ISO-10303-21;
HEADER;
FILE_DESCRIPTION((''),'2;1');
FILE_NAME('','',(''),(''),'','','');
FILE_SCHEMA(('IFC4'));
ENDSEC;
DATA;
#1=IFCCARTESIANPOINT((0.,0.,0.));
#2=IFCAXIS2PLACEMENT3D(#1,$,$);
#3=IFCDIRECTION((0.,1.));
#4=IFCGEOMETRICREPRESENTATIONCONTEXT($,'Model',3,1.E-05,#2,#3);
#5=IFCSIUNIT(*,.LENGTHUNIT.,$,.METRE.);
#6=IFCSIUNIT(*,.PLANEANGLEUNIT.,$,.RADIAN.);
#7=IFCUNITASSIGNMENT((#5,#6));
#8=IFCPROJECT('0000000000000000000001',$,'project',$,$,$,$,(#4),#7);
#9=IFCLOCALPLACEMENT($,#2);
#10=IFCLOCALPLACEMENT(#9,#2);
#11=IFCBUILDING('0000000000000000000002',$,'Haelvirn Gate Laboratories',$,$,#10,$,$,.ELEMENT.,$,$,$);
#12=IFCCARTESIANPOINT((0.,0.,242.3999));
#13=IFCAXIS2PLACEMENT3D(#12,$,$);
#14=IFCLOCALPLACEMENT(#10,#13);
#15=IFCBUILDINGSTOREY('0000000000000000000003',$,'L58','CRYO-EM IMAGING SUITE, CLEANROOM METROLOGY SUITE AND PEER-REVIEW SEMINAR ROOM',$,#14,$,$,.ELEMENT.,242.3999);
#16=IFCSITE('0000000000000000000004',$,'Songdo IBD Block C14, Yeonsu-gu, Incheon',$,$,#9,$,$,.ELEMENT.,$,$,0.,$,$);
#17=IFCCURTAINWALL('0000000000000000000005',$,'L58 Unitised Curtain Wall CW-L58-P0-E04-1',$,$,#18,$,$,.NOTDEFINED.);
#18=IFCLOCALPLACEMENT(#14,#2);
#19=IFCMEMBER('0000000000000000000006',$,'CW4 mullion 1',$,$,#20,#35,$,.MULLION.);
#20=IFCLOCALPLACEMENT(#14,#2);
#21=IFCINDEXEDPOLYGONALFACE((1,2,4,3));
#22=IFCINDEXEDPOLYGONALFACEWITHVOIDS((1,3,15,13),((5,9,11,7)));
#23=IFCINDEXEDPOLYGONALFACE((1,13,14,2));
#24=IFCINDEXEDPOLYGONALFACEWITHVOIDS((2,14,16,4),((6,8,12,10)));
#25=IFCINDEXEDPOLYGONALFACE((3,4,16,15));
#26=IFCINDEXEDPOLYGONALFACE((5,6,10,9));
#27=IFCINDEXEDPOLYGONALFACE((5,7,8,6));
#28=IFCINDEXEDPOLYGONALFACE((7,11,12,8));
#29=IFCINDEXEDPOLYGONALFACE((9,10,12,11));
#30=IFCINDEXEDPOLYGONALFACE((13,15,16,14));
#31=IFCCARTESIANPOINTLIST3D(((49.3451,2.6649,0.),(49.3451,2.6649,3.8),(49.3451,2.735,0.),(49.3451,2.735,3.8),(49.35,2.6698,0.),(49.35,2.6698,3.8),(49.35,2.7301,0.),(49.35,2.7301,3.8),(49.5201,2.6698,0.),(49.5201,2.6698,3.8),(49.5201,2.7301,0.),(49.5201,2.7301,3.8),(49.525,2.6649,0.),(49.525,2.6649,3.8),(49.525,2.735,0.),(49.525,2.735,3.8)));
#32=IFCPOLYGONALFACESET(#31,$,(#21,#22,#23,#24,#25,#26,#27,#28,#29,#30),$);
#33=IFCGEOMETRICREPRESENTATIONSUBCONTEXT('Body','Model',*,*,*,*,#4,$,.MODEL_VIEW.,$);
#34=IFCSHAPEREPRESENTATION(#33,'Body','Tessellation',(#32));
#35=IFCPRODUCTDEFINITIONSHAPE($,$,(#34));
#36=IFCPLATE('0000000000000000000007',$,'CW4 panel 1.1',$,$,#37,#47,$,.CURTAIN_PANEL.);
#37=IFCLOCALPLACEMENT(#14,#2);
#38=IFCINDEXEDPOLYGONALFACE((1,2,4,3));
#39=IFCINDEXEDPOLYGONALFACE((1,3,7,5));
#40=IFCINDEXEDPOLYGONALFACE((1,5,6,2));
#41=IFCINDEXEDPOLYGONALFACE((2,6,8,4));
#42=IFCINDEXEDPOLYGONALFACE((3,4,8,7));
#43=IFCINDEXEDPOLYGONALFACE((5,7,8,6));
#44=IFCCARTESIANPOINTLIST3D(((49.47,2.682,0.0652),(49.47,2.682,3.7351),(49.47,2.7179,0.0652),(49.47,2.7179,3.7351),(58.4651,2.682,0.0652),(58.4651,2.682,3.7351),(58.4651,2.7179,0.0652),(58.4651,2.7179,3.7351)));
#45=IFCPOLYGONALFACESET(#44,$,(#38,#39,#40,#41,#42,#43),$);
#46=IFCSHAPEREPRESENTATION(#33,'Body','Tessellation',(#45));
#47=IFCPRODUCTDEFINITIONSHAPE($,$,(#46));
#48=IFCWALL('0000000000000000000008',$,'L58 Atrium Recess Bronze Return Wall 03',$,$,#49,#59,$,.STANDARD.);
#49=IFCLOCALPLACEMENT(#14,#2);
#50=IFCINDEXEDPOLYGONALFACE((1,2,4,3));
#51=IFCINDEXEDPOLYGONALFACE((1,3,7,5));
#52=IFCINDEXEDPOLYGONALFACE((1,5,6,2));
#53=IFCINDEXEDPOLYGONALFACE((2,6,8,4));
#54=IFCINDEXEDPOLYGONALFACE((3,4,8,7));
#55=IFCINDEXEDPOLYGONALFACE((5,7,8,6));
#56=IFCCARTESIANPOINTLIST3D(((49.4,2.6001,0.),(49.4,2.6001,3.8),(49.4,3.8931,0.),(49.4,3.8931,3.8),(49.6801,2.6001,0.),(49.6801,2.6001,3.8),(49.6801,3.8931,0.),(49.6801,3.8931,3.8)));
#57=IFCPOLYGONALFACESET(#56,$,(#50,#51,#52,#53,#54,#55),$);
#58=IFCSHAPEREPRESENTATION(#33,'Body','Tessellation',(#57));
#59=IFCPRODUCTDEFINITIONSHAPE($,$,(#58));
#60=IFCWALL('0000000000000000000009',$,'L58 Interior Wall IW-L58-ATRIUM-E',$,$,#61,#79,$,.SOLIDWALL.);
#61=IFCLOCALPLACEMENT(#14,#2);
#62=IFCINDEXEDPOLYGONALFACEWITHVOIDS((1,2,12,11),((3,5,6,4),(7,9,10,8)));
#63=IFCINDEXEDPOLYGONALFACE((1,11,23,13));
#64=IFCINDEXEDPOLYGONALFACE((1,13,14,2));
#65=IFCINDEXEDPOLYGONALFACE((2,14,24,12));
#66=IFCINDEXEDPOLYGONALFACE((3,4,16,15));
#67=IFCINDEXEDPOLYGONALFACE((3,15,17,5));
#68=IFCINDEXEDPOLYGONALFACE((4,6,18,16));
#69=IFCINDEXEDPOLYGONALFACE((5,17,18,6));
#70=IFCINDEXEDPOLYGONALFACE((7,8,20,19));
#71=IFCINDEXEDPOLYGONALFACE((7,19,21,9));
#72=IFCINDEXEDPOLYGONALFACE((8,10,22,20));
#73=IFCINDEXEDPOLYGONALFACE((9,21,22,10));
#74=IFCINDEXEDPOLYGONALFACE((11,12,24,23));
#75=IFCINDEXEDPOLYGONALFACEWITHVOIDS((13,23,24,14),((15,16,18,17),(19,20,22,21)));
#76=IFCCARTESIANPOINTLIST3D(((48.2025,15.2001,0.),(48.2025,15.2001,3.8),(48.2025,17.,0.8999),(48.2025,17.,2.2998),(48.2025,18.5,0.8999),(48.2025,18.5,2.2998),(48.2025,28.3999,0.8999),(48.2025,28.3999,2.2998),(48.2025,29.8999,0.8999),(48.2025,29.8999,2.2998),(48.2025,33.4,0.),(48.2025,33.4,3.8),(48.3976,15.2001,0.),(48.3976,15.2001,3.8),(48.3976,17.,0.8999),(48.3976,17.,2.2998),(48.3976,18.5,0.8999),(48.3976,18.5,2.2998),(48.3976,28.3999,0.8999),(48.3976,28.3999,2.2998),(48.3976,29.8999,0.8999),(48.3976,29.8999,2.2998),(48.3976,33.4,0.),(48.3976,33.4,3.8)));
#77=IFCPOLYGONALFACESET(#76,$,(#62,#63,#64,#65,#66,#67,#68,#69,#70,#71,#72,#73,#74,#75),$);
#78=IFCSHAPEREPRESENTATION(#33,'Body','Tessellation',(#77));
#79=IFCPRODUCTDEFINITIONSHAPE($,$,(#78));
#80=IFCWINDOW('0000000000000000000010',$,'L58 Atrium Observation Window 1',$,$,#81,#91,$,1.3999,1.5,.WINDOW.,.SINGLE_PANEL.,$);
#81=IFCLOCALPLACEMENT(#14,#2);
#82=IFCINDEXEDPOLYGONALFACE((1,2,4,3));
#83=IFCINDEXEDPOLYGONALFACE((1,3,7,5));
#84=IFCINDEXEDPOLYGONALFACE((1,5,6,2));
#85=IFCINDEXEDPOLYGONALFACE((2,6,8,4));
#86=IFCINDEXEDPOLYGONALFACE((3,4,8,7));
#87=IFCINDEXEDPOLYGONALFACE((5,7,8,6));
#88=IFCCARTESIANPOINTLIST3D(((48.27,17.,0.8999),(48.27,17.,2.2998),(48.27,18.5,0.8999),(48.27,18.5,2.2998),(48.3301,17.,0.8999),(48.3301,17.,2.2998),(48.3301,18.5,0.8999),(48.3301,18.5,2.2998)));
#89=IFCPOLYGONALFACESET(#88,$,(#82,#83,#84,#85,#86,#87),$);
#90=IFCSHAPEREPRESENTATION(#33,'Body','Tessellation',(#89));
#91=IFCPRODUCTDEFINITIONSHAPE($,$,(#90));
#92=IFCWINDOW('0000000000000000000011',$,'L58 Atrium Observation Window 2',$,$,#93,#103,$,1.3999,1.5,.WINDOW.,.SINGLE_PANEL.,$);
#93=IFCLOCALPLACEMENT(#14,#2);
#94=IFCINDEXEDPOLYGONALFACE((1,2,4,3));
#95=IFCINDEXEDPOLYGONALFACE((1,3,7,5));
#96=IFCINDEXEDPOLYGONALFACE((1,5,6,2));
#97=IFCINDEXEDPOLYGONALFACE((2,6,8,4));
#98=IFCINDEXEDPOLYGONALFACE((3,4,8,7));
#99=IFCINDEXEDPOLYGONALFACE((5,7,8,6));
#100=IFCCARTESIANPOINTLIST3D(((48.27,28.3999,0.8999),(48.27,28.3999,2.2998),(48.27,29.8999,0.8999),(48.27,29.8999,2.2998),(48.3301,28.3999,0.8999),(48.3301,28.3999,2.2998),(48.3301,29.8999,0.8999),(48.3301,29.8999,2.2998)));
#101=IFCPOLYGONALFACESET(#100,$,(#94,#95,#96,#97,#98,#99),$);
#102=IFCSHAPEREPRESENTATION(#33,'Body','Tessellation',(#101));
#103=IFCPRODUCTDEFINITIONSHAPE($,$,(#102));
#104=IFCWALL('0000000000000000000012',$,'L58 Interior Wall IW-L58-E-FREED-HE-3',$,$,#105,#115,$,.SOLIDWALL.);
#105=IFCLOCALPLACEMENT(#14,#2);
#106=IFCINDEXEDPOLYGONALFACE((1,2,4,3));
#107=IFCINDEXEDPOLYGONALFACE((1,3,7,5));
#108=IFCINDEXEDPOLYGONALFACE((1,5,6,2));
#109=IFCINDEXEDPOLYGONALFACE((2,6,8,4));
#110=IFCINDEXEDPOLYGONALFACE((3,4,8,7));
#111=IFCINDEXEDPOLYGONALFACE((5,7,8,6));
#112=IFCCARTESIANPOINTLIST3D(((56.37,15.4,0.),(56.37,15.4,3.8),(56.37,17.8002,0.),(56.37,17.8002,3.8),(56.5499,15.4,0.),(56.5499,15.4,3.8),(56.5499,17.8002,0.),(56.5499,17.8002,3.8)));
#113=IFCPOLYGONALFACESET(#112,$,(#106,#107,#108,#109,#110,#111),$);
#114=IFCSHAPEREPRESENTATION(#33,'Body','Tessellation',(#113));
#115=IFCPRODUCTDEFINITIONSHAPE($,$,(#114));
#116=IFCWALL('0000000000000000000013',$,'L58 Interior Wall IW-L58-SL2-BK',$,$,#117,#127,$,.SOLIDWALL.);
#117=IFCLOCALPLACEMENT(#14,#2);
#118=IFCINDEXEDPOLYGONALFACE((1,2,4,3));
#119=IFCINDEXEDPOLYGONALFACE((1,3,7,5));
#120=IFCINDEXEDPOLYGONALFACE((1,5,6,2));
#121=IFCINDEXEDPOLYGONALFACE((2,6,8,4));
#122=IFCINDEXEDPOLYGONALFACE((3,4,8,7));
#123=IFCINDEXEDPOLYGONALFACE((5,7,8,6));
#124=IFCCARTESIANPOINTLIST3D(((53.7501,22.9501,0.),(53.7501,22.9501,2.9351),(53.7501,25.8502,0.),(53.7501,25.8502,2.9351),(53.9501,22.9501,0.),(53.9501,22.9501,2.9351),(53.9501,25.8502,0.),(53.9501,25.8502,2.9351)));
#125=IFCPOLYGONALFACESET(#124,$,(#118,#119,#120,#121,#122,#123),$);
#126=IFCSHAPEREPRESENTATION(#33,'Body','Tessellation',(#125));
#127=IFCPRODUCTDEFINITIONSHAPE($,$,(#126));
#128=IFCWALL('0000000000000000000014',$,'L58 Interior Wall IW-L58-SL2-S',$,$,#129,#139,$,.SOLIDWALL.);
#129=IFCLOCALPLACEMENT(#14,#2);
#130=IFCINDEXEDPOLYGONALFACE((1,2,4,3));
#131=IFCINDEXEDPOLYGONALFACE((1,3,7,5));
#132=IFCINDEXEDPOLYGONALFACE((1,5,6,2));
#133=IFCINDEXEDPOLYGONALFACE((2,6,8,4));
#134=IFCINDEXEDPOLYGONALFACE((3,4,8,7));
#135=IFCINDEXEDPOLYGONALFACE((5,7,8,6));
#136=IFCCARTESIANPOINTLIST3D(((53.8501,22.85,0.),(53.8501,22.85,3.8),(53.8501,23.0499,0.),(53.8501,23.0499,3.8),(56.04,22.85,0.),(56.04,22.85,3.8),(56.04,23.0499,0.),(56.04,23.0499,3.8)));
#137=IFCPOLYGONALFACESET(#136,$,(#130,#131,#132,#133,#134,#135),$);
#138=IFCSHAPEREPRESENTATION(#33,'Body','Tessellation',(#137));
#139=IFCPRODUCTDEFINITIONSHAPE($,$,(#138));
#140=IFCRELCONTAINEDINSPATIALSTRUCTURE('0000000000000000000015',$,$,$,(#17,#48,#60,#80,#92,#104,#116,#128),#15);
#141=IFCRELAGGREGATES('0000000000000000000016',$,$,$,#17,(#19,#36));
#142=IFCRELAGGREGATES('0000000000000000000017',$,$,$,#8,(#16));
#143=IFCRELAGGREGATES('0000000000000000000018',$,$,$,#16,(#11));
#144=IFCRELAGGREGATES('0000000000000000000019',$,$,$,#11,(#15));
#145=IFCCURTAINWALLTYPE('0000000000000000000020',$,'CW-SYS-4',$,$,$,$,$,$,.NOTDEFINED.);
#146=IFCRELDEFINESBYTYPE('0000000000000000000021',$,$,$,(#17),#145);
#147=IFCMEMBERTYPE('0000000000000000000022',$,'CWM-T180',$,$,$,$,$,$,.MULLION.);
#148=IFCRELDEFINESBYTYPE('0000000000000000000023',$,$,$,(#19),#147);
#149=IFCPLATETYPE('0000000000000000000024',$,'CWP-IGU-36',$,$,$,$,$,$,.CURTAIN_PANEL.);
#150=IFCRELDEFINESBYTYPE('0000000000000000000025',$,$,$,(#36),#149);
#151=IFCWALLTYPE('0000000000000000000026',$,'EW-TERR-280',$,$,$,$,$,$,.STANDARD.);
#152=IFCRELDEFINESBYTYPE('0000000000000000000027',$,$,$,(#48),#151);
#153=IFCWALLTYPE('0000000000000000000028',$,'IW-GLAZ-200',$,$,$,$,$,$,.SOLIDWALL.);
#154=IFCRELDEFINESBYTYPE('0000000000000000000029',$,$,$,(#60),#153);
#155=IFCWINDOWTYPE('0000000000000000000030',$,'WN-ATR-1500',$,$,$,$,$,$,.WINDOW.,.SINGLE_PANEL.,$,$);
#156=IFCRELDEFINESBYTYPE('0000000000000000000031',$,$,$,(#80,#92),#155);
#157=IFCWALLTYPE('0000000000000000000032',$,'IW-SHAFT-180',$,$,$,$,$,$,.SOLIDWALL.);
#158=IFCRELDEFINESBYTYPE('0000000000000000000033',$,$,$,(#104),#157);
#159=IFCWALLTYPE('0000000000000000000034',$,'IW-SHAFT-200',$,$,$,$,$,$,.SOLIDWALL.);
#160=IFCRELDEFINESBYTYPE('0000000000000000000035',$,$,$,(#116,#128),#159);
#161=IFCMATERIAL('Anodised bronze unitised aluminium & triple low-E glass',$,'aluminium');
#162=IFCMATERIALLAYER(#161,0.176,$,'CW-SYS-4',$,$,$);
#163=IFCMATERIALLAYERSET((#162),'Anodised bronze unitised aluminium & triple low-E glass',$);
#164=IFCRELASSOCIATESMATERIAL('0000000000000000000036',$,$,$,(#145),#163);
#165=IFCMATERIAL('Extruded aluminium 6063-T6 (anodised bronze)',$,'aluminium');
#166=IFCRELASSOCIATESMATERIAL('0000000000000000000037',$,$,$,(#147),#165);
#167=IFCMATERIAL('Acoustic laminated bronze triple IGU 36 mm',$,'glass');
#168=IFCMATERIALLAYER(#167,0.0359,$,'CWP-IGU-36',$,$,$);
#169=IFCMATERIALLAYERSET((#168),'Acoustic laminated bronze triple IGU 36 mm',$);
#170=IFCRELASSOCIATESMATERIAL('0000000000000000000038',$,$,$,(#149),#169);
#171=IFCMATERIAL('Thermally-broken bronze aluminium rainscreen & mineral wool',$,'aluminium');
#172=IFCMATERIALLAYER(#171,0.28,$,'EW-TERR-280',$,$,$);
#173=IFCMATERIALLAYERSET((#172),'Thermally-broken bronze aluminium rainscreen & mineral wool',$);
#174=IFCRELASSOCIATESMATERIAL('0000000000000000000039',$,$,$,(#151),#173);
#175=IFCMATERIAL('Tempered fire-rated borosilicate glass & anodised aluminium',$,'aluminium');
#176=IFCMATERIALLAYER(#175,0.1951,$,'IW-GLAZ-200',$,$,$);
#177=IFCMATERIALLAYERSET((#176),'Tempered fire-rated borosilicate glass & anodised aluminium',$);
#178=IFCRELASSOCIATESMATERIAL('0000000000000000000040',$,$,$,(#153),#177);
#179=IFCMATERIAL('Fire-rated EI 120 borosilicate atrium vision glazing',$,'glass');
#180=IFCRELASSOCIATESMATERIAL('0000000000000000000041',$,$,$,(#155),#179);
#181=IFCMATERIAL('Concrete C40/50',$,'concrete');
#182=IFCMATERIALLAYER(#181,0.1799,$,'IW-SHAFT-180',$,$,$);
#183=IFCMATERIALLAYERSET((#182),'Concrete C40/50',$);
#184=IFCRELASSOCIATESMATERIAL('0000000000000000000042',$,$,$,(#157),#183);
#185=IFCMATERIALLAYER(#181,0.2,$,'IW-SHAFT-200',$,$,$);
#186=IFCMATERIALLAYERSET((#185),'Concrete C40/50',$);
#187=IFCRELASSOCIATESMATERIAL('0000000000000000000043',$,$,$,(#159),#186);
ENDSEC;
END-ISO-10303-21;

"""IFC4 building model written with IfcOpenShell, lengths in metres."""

from ifc_helpers import new_model, si_unit, direction, frame, frame_2d, origin, origin_2d, place, context, subcontext, project, spatial, rectangle, hollow_rectangle, extrude, source, transform, mapped, material, layer, layer_set, material_profile, profile_set, type_object, type_shapes, element, fill, aggregate, save


model = new_model("IFC4")

# Units and contexts
model_context = context("Model", 3, precision=1e-05, world=origin(), true_north=direction((0.0, 1.0)))
body_context = subcontext(model_context, "Body", "Model", "MODEL_VIEW")
ifc_project = project(units=[si_unit("LENGTHUNIT", "METRE"), si_unit("PLANEANGLEUNIT", "RADIAN")], contexts=[model_context])

# Site, building, storey
site_placement = place(None, origin())
site = spatial("IfcSite", under=ifc_project, at=site_placement, Name="Songdo IBD Block C14, Yeonsu-gu, Incheon", CompositionType="ELEMENT", RefElevation=0.0)
building_placement = place(site_placement, origin())
building = spatial("IfcBuilding", under=site, at=building_placement, Name="Haelvirn Gate Laboratories", CompositionType="ELEMENT")
storey_placement = place(building_placement, frame((0.0, 0.0, 242.3999)))
storey = spatial("IfcBuildingStorey", under=building, at=storey_placement, Name="L58", Description="CRYO-EM IMAGING SUITE, CLEANROOM METROLOGY SUITE AND PEER-REVIEW SEMINAR ROOM", CompositionType="ELEMENT", Elevation=242.3999)

# Curtain wall
ifc_material_1 = material(Name="Anodised bronze unitised aluminium & triple low-E glass", Category="aluminium")
ifc_layer_1 = layer(ifc_material_1, 0.176, Name="CW-SYS-4")
ifc_layer_set_1 = layer_set([ifc_layer_1], Name="Anodised bronze unitised aluminium & triple low-E glass")
curtain_wall_type = type_object("IfcCurtainWallType", Name="CW-SYS-4", PredefinedType="NOTDEFINED", material=ifc_layer_set_1)
curtain_wall_1_placement = place(storey_placement, origin())
curtain_wall_1 = element("IfcCurtainWall", 1, at=curtain_wall_1_placement, inside=storey, type_object=curtain_wall_type, Name="L58 Unitised Curtain Wall CW-L58-P0-E04-1", PredefinedType="NOTDEFINED")
ifc_material_2 = material(Name="Extruded aluminium 6063-T6 (anodised bronze)", Category="aluminium")

# Shared definitions
ifc_material_profile_1 = material_profile(ifc_material_2, hollow_rectangle(XDim=0.0701, YDim=0.1799, WallThickness=0.0049, at=origin_2d()), Name="CWM-180x70x5")
ifc_profile_set_1 = profile_set([ifc_material_profile_1], Name="Extruded aluminium 6063-T6 (anodised bronze)")
member_type_1 = type_object("IfcMemberType", Name="CWM-T180", PredefinedType="MULLION", material=ifc_profile_set_1)
shared_shape_1 = source(origin(), body_context, "Body", "SweptSolid", [
    extrude(hollow_rectangle(XDim=0.0701, YDim=0.1799, WallThickness=0.0049, at=origin_2d()), origin(), (0.0, 0.0, 1.0), 3.8),
])
type_shapes(member_type_1, [shared_shape_1])

# Member
member_1_placement = place(storey_placement, frame((49.4351, 2.7, 0.0), z_axis=(0.0, 0.0, 1.0), x_axis=(0.0, 1.0, 0.0)))
member_1 = element("IfcMember", 2, at=member_1_placement, type_object=member_type_1, Name="CW4 mullion 1", PredefinedType="MULLION", context=body_context, shape_type="MappedRepresentation", body=[
    mapped(shared_shape_1, transform((0.0, 0.0, 0.0), scale=1.0)),
])

# Plate
ifc_material_3 = material(Name="Acoustic laminated bronze triple IGU 36 mm", Category="glass")
ifc_layer_2 = layer(ifc_material_3, 0.0359, Name="CWP-IGU-36")
ifc_layer_set_2 = layer_set([ifc_layer_2], Name="Acoustic laminated bronze triple IGU 36 mm")
plate_type = type_object("IfcPlateType", Name="CWP-IGU-36", PredefinedType="CURTAIN_PANEL", material=ifc_layer_set_2)
shared_shape_2 = source(origin(), body_context, "Body", "SweptSolid", [
    extrude(rectangle(XDim=8.9951, YDim=0.0359, at=origin_2d()), origin(), (0.0, 0.0, 1.0), 3.6699),
])
type_shapes(plate_type, [shared_shape_2])
plate_placement = place(storey_placement, frame((53.9675, 2.7, 0.0652), z_axis=(0.0, 0.0, 1.0), x_axis=(1.0, 0.0, 0.0)))
plate = element("IfcPlate", 3, at=plate_placement, type_object=plate_type, Name="CW4 panel 1.1", PredefinedType="CURTAIN_PANEL", context=body_context, shape_type="MappedRepresentation", body=[
    mapped(shared_shape_2, transform((0.0, 0.0, 0.0), scale=1.0)),
])
aggregate(curtain_wall_1, [member_1, plate])

# Wall
ifc_material_4 = material(Name="Thermally-broken bronze aluminium rainscreen & mineral wool", Category="aluminium")
ifc_layer_3 = layer(ifc_material_4, 0.28, Name="EW-TERR-280")
ifc_layer_set_3 = layer_set([ifc_layer_3], Name="Thermally-broken bronze aluminium rainscreen & mineral wool")
wall_type_1 = type_object("IfcWallType", Name="EW-TERR-280", PredefinedType="STANDARD", material=ifc_layer_set_3)
wall_1_placement = place(storey_placement, frame((49.54, 3.8931, 0.0), z_axis=(0.0, 0.0, 1.0), x_axis=(0.0, -1.0, 0.0)))
element("IfcWall", 4, at=wall_1_placement, inside=storey, type_object=wall_type_1, Name="L58 Atrium Recess Bronze Return Wall 03", PredefinedType="STANDARD", context=body_context, shape_type="SweptSolid", body=[
    extrude(rectangle(XDim=1.293, YDim=0.28, at=frame_2d((0.6465, 0.0))), origin(), (0.0, 0.0, 1.0), 3.8),
])

# Wall, openings, windows
ifc_material_5 = material(Name="Tempered fire-rated borosilicate glass & anodised aluminium", Category="aluminium")
ifc_layer_4 = layer(ifc_material_5, 0.1951, Name="IW-GLAZ-200")
ifc_layer_set_4 = layer_set([ifc_layer_4], Name="Tempered fire-rated borosilicate glass & anodised aluminium")
wall_type_2 = type_object("IfcWallType", Name="IW-GLAZ-200", PredefinedType="SOLIDWALL", material=ifc_layer_set_4)
wall_2_placement = place(storey_placement, frame((48.3, 15.2, 0.0), z_axis=(0.0, 0.0, 1.0), x_axis=(0.0, 1.0, 0.0)))
wall_2 = element("IfcWall", 5, at=wall_2_placement, inside=storey, type_object=wall_type_2, Name="L58 Interior Wall IW-L58-ATRIUM-E", PredefinedType="SOLIDWALL", context=body_context, shape_type="SweptSolid", body=[
    extrude(rectangle(XDim=18.2, YDim=0.1951, at=frame_2d((9.1001, 0.0))), origin(), (0.0, 0.0, 1.0), 3.8),
])
opening_1_placement = place(wall_2_placement, frame((1.8, 0.0, 0.8999)))
opening_1 = element("IfcOpeningElement", 6, at=opening_1_placement, cuts=wall_2, PredefinedType="OPENING", context=body_context, shape_type="SweptSolid", body=[
    extrude(rectangle(XDim=1.5, YDim=1.3999, at=frame_2d((0.75, 0.7))), frame((0.0, 0.1074, 0.0), z_axis=(0.0, -1.0, 0.0), x_axis=(1.0, 0.0, 0.0)), (0.0, 0.0, 1.0), 0.2151),
])
opening_2_placement = place(wall_2_placement, frame((13.2, 0.0, 0.8999)))
opening_2 = element("IfcOpeningElement", 7, at=opening_2_placement, cuts=wall_2, PredefinedType="OPENING", context=body_context, shape_type="SweptSolid", body=[
    extrude(rectangle(XDim=1.5, YDim=1.3999, at=frame_2d((0.75, 0.7))), frame((0.0, 0.1074, 0.0), z_axis=(0.0, -1.0, 0.0), x_axis=(1.0, 0.0, 0.0)), (0.0, 0.0, 1.0), 0.2151),
])
ifc_material_6 = material(Name="Fire-rated EI 120 borosilicate atrium vision glazing", Category="glass")
window_type = type_object("IfcWindowType", Name="WN-ATR-1500", PartitioningType="SINGLE_PANEL", PredefinedType="WINDOW", material=ifc_material_6)
shared_shape_3 = source(origin(), body_context, "Body", "SweptSolid", [
    extrude(rectangle(XDim=1.5, YDim=1.3999, at=frame_2d((0.75, 0.7))), frame((0.0, 0.03, 0.0), z_axis=(0.0, -1.0, 0.0), x_axis=(1.0, 0.0, 0.0)), (0.0, 0.0, 1.0), 0.0601),
])
type_shapes(window_type, [shared_shape_3])
window_1_placement = place(opening_1_placement, origin())
window_1 = element("IfcWindow", 8, at=window_1_placement, inside=storey, type_object=window_type, Name="L58 Atrium Observation Window 1", OverallHeight=1.3999, OverallWidth=1.5, PartitioningType="SINGLE_PANEL", PredefinedType="WINDOW", context=body_context, shape_type="MappedRepresentation", body=[
    mapped(shared_shape_3, transform((0.0, 0.0, 0.0), scale=1.0)),
])
fill(opening_1, window_1)
window_2_placement = place(opening_2_placement, origin())
window_2 = element("IfcWindow", 9, at=window_2_placement, inside=storey, type_object=window_type, Name="L58 Atrium Observation Window 2", OverallHeight=1.3999, OverallWidth=1.5, PartitioningType="SINGLE_PANEL", PredefinedType="WINDOW", context=body_context, shape_type="MappedRepresentation", body=[
    mapped(shared_shape_3, transform((0.0, 0.0, 0.0), scale=1.0)),
])
fill(opening_2, window_2)

# Walls
ifc_material_7 = material(Name="Concrete C40/50", Category="concrete")
ifc_layer_5 = layer(ifc_material_7, 0.1799, Name="IW-SHAFT-180")
ifc_layer_set_5 = layer_set([ifc_layer_5], Name="Concrete C40/50")
wall_type_3 = type_object("IfcWallType", Name="IW-SHAFT-180", PredefinedType="SOLIDWALL", material=ifc_layer_set_5)
wall_3_placement = place(storey_placement, frame((56.46, 15.3999, 0.0), z_axis=(0.0, 0.0, 1.0), x_axis=(0.0, 1.0, 0.0)))
element("IfcWall", 10, at=wall_3_placement, inside=storey, type_object=wall_type_3, Name="L58 Interior Wall IW-L58-E-FREED-HE-3", PredefinedType="SOLIDWALL", context=body_context, shape_type="SweptSolid", body=[
    extrude(rectangle(XDim=2.4001, YDim=0.1799, at=frame_2d((1.2002, 0.0))), origin(), (0.0, 0.0, 1.0), 3.8),
])
ifc_layer_6 = layer(ifc_material_7, 0.2, Name="IW-SHAFT-200")
ifc_layer_set_6 = layer_set([ifc_layer_6], Name="Concrete C40/50")
wall_type_4 = type_object("IfcWallType", Name="IW-SHAFT-200", PredefinedType="SOLIDWALL", material=ifc_layer_set_6)
wall_4_placement = place(storey_placement, frame((53.8501, 22.95, 0.0), z_axis=(0.0, 0.0, 1.0), x_axis=(0.0, 1.0, 0.0)))
element("IfcWall", 11, at=wall_4_placement, inside=storey, type_object=wall_type_4, Name="L58 Interior Wall IW-L58-SL2-BK", PredefinedType="SOLIDWALL", context=body_context, shape_type="SweptSolid", body=[
    extrude(rectangle(XDim=2.9001, YDim=0.2, at=frame_2d((1.4502, 0.0))), origin(), (0.0, 0.0, 1.0), 2.9351),
])
wall_5_placement = place(storey_placement, frame((53.8501, 22.95, 0.0), z_axis=(0.0, 0.0, 1.0), x_axis=(1.0, 0.0, 0.0)))
element("IfcWall", 12, at=wall_5_placement, inside=storey, type_object=wall_type_4, Name="L58 Interior Wall IW-L58-SL2-S", PredefinedType="SOLIDWALL", context=body_context, shape_type="SweptSolid", body=[
    extrude(rectangle(XDim=2.1899, YDim=0.2, at=frame_2d((1.095, 0.0))), origin(), (0.0, 0.0, 1.0), 3.8),
])

save(model, "model.ifc")
